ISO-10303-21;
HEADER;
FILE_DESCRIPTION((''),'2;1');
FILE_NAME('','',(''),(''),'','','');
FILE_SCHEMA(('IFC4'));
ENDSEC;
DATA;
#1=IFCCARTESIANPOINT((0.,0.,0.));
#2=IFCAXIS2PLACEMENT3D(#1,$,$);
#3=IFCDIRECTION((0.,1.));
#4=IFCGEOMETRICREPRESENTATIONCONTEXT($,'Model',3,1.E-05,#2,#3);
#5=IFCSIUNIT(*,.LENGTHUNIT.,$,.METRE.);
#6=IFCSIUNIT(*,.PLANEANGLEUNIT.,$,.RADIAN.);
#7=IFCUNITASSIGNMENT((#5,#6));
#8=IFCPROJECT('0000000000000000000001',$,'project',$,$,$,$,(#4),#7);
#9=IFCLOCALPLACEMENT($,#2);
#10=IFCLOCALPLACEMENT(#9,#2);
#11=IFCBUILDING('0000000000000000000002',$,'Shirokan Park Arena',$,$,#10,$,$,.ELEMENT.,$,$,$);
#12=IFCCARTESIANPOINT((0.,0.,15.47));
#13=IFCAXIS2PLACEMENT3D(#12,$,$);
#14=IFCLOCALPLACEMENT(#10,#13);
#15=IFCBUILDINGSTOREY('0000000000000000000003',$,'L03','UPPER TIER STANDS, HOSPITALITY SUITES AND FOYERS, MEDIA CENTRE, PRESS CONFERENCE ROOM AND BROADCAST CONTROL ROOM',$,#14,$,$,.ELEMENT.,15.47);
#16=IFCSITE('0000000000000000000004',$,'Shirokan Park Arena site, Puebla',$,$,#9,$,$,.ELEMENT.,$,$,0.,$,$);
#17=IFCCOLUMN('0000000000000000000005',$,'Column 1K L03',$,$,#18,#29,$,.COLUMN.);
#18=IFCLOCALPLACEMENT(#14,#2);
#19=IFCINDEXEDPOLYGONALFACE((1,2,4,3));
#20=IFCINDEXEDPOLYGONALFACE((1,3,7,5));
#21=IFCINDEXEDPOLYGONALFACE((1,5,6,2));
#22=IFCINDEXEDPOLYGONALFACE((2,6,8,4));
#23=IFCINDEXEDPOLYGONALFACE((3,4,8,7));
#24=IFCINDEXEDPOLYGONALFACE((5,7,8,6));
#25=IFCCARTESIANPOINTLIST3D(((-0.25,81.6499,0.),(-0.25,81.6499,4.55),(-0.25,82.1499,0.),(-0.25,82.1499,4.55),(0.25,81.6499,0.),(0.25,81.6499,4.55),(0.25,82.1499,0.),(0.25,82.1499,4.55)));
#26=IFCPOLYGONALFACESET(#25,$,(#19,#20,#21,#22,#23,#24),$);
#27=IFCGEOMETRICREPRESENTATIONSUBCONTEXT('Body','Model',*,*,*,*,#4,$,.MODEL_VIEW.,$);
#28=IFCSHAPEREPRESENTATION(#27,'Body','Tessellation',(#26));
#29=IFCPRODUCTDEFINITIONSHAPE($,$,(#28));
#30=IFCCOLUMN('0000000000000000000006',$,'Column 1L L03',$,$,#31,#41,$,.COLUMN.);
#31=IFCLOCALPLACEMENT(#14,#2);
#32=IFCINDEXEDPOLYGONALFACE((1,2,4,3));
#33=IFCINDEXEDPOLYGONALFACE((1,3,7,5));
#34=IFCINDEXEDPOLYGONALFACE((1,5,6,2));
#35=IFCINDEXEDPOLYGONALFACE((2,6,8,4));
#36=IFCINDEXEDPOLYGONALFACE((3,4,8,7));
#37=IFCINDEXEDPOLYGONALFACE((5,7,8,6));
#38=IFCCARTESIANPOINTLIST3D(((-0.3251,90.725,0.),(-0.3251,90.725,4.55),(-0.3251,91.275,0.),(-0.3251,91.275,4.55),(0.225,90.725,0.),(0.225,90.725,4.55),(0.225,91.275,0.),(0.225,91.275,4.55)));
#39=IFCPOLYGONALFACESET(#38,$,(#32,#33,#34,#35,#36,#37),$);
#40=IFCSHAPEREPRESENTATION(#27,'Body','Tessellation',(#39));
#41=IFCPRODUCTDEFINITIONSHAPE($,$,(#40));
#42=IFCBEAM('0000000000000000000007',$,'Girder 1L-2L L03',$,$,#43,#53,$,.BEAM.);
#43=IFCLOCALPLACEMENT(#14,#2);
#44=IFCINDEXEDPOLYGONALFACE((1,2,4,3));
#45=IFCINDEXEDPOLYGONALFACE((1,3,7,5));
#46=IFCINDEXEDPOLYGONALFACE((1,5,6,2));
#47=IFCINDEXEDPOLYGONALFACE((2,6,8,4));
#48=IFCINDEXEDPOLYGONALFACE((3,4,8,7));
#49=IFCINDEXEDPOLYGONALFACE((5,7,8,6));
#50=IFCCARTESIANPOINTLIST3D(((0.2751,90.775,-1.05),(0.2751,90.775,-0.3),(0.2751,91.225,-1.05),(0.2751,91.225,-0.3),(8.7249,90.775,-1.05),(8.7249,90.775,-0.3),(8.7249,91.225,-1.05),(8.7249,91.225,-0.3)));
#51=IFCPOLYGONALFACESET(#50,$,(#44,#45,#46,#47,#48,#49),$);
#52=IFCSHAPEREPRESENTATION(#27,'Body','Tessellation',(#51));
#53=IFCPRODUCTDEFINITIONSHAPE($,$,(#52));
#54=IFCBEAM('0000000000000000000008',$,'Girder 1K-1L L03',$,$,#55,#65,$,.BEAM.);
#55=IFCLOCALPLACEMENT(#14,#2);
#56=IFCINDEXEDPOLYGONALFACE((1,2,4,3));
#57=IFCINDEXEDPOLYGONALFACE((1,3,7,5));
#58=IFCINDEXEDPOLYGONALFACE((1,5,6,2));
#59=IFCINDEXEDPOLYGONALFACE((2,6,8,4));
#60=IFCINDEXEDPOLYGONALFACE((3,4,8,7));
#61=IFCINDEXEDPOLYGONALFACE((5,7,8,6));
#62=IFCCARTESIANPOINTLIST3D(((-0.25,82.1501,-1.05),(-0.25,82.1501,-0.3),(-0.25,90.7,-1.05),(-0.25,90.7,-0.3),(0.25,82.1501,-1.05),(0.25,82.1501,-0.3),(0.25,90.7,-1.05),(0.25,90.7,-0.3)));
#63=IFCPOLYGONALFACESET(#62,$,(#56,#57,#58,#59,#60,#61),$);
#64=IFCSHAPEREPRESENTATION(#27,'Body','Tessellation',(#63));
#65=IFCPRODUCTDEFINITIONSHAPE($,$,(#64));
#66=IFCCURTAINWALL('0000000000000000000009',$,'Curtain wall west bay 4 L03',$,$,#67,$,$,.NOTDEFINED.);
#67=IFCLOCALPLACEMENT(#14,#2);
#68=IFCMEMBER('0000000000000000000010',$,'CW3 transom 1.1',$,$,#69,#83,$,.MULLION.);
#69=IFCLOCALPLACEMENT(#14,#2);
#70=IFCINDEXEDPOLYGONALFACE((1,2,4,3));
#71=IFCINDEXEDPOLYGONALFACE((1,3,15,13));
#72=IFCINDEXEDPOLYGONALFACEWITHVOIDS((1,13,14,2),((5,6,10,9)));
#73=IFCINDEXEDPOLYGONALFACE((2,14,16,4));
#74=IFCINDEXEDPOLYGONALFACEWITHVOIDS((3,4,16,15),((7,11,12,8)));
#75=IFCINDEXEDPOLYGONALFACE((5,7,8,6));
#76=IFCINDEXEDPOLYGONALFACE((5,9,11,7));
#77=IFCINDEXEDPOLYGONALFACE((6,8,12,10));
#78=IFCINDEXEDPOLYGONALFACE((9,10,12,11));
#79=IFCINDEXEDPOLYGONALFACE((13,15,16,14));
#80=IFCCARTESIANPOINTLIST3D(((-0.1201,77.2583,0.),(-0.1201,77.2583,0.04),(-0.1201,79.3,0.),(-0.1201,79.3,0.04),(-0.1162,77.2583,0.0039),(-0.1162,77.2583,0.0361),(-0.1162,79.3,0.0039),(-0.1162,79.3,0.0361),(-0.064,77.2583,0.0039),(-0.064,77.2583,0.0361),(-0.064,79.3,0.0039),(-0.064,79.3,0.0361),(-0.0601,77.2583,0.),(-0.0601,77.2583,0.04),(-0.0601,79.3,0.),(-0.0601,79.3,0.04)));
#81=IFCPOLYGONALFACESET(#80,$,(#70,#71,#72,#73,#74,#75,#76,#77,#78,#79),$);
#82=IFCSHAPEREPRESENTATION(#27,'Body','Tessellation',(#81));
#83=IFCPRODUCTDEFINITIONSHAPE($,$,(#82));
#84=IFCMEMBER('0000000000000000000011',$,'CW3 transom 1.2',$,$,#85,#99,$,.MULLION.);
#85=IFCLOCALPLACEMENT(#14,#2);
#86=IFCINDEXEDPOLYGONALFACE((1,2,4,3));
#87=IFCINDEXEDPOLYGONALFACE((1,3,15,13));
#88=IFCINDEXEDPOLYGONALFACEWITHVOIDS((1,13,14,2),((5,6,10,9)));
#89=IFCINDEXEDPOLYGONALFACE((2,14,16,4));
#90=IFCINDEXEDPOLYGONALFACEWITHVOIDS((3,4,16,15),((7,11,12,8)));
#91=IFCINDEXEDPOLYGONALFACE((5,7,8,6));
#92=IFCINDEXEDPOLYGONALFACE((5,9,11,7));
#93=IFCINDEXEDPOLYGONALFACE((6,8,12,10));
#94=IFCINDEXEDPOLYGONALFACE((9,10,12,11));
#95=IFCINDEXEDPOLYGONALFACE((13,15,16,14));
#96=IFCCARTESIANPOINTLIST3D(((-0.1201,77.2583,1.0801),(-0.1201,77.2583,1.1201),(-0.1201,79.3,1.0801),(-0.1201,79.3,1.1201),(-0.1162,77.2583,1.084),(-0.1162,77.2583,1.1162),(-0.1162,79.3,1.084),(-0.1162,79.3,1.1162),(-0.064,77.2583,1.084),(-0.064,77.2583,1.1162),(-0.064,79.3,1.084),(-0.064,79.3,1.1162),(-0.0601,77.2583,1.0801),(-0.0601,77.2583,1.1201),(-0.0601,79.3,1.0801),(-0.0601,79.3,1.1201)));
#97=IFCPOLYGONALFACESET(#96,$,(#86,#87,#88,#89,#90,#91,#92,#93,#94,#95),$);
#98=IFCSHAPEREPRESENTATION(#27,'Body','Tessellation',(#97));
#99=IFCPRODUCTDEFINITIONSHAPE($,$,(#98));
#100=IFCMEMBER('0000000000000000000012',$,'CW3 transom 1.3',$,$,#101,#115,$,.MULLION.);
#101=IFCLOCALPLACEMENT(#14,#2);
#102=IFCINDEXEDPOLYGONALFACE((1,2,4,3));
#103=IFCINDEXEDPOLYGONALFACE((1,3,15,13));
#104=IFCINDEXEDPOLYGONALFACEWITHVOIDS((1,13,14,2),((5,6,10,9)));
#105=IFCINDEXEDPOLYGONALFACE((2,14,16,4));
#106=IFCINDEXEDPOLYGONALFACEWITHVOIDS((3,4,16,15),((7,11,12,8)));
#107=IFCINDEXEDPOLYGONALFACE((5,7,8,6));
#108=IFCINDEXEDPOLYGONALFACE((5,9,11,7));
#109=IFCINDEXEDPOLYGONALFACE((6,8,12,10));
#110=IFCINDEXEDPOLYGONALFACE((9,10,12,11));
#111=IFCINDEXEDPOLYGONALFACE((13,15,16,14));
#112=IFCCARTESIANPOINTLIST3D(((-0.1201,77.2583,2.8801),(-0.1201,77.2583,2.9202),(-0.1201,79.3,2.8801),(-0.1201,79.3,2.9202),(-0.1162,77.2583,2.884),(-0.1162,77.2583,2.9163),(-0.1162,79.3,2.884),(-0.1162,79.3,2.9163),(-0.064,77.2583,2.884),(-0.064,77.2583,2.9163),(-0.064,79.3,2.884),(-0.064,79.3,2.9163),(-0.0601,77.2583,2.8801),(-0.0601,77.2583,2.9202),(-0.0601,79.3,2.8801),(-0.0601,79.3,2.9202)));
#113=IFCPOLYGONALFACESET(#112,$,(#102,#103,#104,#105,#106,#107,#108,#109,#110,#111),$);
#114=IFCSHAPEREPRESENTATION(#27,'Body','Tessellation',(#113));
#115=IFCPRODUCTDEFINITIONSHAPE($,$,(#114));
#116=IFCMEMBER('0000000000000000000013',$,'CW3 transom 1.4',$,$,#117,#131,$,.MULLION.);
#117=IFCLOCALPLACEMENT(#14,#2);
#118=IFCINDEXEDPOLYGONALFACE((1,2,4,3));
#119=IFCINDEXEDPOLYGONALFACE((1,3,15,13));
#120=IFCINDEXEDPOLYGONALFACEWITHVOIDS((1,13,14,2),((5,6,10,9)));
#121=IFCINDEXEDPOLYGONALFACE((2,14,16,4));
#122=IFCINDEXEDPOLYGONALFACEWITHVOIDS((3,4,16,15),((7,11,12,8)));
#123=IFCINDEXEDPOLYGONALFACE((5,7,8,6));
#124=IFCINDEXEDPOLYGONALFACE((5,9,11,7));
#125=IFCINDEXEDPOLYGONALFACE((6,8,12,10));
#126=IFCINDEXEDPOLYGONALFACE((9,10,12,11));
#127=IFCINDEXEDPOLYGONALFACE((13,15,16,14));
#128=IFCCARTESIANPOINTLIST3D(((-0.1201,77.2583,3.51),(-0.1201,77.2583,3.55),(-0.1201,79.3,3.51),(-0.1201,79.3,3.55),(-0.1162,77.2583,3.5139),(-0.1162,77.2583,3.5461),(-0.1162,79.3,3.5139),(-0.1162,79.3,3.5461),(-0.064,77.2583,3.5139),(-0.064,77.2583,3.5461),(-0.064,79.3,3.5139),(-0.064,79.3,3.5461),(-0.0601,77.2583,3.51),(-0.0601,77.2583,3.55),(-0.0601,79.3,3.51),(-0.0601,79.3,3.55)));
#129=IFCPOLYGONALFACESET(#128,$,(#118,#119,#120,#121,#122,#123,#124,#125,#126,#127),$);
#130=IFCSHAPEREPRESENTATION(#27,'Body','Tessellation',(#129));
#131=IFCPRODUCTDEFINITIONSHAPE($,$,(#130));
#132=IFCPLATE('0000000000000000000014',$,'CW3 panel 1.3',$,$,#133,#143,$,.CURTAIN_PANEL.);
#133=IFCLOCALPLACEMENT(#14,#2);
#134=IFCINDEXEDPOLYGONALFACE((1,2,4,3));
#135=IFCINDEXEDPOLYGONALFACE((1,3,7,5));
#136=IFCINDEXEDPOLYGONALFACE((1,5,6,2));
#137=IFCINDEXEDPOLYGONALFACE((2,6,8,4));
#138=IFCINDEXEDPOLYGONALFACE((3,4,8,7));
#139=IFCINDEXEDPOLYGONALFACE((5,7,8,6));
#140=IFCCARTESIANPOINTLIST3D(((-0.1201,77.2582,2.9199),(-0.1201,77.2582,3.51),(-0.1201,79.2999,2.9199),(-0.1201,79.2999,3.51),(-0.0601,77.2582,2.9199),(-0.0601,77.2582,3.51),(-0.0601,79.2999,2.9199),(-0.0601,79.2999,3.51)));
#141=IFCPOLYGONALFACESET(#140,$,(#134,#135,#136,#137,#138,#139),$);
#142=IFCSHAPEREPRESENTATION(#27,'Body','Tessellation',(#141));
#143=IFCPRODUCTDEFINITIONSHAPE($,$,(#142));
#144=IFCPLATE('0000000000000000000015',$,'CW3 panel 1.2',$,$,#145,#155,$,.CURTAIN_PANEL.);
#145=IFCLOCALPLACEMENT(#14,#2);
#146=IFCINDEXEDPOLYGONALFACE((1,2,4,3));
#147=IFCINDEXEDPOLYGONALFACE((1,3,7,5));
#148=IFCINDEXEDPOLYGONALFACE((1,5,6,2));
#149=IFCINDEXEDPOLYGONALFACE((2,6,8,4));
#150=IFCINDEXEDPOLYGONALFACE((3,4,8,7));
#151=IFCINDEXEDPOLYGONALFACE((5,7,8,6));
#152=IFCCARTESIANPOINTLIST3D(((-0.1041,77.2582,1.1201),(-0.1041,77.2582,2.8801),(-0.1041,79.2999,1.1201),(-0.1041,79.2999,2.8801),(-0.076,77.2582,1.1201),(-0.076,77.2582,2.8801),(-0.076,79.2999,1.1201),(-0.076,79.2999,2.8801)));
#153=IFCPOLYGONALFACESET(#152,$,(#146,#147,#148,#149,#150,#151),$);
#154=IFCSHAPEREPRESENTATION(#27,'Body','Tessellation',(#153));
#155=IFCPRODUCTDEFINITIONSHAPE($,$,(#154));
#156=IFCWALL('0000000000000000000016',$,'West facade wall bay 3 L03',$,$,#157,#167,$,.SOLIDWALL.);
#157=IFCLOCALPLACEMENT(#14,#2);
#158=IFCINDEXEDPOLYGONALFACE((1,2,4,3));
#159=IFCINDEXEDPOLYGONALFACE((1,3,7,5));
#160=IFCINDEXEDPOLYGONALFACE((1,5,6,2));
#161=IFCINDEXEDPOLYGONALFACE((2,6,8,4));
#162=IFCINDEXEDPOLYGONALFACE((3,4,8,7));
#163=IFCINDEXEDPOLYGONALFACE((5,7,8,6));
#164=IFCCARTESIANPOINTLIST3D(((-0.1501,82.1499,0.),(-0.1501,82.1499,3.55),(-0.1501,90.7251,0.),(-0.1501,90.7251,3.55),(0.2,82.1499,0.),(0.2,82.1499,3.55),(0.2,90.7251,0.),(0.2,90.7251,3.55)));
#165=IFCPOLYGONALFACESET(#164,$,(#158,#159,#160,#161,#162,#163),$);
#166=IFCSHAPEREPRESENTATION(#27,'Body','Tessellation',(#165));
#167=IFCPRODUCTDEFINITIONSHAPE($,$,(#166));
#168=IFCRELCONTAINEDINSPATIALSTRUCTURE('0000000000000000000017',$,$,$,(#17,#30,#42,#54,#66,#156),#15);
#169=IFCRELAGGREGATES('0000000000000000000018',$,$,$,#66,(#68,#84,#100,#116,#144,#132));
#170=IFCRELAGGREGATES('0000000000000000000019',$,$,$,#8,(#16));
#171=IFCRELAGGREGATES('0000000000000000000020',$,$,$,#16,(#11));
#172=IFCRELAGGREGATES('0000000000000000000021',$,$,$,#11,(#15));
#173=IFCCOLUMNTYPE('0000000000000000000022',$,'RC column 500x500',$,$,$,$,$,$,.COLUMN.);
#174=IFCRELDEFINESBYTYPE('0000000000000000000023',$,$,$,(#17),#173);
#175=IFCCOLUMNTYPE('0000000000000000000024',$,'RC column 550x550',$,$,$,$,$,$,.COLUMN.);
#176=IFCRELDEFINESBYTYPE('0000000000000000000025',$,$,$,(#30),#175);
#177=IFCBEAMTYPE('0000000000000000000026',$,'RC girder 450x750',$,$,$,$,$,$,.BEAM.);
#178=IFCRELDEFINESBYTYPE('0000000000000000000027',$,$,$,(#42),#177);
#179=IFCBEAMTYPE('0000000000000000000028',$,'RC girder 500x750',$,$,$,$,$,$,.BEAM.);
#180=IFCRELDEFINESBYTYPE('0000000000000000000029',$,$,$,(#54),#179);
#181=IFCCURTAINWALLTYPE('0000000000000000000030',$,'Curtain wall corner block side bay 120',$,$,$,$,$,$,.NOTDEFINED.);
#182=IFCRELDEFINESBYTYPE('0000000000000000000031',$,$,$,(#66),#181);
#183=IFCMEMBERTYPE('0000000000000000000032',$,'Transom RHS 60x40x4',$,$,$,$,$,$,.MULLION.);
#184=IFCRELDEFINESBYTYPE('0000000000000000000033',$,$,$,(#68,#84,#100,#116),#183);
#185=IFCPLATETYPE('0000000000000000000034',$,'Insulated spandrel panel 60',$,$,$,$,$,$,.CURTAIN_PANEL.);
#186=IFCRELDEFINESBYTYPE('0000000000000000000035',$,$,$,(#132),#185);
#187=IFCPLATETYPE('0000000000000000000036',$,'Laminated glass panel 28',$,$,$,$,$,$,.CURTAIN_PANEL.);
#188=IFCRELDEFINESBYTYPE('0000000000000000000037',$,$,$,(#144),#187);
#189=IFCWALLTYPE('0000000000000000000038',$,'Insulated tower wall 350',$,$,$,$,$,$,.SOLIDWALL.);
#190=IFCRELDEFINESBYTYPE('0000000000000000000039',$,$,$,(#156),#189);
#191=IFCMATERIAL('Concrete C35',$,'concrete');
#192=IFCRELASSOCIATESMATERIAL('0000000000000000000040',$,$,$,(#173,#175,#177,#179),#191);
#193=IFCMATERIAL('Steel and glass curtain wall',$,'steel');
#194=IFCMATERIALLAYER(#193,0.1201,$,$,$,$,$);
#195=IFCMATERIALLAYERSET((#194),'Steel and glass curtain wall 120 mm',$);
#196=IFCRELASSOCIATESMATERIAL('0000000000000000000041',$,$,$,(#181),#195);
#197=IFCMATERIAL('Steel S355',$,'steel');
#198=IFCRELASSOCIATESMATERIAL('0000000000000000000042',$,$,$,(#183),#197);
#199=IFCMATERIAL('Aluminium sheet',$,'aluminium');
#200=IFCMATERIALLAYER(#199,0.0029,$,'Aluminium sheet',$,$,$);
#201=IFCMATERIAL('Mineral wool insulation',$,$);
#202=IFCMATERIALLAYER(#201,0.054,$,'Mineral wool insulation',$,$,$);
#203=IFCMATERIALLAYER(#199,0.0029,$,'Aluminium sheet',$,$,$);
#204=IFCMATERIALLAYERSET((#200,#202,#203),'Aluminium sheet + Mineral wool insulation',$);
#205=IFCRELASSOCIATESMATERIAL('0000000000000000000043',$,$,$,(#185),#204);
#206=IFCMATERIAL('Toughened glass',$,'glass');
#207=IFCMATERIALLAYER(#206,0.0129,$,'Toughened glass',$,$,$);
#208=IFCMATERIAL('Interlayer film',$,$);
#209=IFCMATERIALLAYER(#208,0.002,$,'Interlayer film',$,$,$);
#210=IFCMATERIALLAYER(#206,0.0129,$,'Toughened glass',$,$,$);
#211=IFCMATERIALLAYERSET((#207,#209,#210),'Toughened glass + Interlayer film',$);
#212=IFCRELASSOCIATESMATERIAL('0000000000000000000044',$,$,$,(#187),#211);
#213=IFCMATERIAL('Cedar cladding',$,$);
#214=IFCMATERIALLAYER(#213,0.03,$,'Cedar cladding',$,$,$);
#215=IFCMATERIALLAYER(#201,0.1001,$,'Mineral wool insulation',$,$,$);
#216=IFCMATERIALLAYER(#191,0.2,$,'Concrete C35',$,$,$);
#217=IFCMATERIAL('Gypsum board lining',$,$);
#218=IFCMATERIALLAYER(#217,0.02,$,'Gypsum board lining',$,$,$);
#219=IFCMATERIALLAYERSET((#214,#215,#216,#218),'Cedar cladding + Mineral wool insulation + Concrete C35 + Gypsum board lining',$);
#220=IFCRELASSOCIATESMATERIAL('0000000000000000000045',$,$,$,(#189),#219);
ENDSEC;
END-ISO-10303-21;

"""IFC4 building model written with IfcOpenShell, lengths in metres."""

from ifc_helpers import new_model, si_unit, direction, frame, frame_2d, origin, origin_2d, place, context, subcontext, project, spatial, rectangle, hollow_rectangle, extrude, material, layer, layer_set, material_profile, profile_set, type_object, element, aggregate, save


model = new_model("IFC4")

# Units and contexts
model_context = context("Model", 3, precision=1e-05, world=origin(), true_north=direction((0.0, 1.0)))
body_context = subcontext(model_context, "Body", "Model", "MODEL_VIEW")
ifc_project = project(units=[si_unit("LENGTHUNIT", "METRE"), si_unit("PLANEANGLEUNIT", "RADIAN")], contexts=[model_context])

# Site, building, storey
site_placement = place(None, origin())
site = spatial("IfcSite", under=ifc_project, at=site_placement, Name="Shirokan Park Arena site, Puebla", CompositionType="ELEMENT", RefElevation=0.0)
building_placement = place(site_placement, origin())
building = spatial("IfcBuilding", under=site, at=building_placement, Name="Shirokan Park Arena", CompositionType="ELEMENT")
storey_placement = place(building_placement, frame((0.0, 0.0, 15.47)))
storey = spatial("IfcBuildingStorey", under=building, at=storey_placement, Name="L03", Description="UPPER TIER STANDS, HOSPITALITY SUITES AND FOYERS, MEDIA CENTRE, PRESS CONFERENCE ROOM AND BROADCAST CONTROL ROOM", CompositionType="ELEMENT", Elevation=15.47)

# Columns
ifc_material_1 = material(Name="Concrete C35", Category="concrete")
ifc_material_profile_1 = material_profile(ifc_material_1, rectangle(XDim=0.5, YDim=0.5, at=origin_2d()), Name="500x500")
ifc_profile_set_1 = profile_set([ifc_material_profile_1], Name="Concrete C35")
column_type_1 = type_object("IfcColumnType", Name="RC column 500x500", PredefinedType="COLUMN", material=ifc_profile_set_1)
column_1_placement = place(storey_placement, frame((0.0, 81.8999, 0.0), z_axis=(0.0, 0.0, 1.0), x_axis=(1.0, 0.0, 0.0)))
element("IfcColumn", 1, at=column_1_placement, inside=storey, type_object=column_type_1, Name="Column 1K L03", PredefinedType="COLUMN", context=body_context, shape_type="SweptSolid", body=[
    extrude(rectangle(XDim=0.5, YDim=0.5, at=origin_2d()), origin(), (0.0, 0.0, 1.0), 4.55),
])
ifc_material_profile_2 = material_profile(ifc_material_1, rectangle(XDim=0.55, YDim=0.55, at=origin_2d()), Name="550x550")
ifc_profile_set_2 = profile_set([ifc_material_profile_2], Name="Concrete C35")
column_type_2 = type_object("IfcColumnType", Name="RC column 550x550", PredefinedType="COLUMN", material=ifc_profile_set_2)
column_2_placement = place(storey_placement, frame((-0.05, 91.0, 0.0), z_axis=(0.0, 0.0, 1.0), x_axis=(1.0, 0.0, 0.0)))
element("IfcColumn", 2, at=column_2_placement, inside=storey, type_object=column_type_2, Name="Column 1L L03", PredefinedType="COLUMN", context=body_context, shape_type="SweptSolid", body=[
    extrude(rectangle(XDim=0.55, YDim=0.55, at=origin_2d()), origin(), (0.0, 0.0, 1.0), 4.55),
])

# Beams
ifc_material_profile_3 = material_profile(ifc_material_1, rectangle(XDim=0.45, YDim=0.75, at=origin_2d()), Name="450x750")
ifc_profile_set_3 = profile_set([ifc_material_profile_3], Name="Concrete C35")
beam_type_1 = type_object("IfcBeamType", Name="RC girder 450x750", PredefinedType="BEAM", material=ifc_profile_set_3)
beam_1_placement = place(storey_placement, frame((0.2751, 91.0, -0.675), z_axis=(1.0, 0.0, 0.0), x_axis=(0.0, 1.0, 0.0)))
element("IfcBeam", 3, at=beam_1_placement, inside=storey, type_object=beam_type_1, Name="Girder 1L-2L L03", PredefinedType="BEAM", context=body_context, shape_type="SweptSolid", body=[
    extrude(rectangle(XDim=0.45, YDim=0.75, at=origin_2d()), origin(), (0.0, 0.0, 1.0), 8.4497),
])
ifc_material_profile_4 = material_profile(ifc_material_1, rectangle(XDim=0.5, YDim=0.75, at=origin_2d()), Name="500x750")
ifc_profile_set_4 = profile_set([ifc_material_profile_4], Name="Concrete C35")
beam_type_2 = type_object("IfcBeamType", Name="RC girder 500x750", PredefinedType="BEAM", material=ifc_profile_set_4)
beam_2_placement = place(storey_placement, frame((0.0, 82.1501, -0.675), z_axis=(0.0, 1.0, 0.0), x_axis=(-1.0, 0.0, 0.0)))
element("IfcBeam", 4, at=beam_2_placement, inside=storey, type_object=beam_type_2, Name="Girder 1K-1L L03", PredefinedType="BEAM", context=body_context, shape_type="SweptSolid", body=[
    extrude(rectangle(XDim=0.5, YDim=0.75, at=origin_2d()), origin(), (0.0, 0.0, 1.0), 8.5498),
])

# Curtain wall, members, plates
ifc_material_2 = material(Name="Steel and glass curtain wall", Category="steel")
ifc_layer_1 = layer(ifc_material_2, 0.1201)
ifc_layer_set_1 = layer_set([ifc_layer_1], Name="Steel and glass curtain wall 120 mm")
curtain_wall_type = type_object("IfcCurtainWallType", Name="Curtain wall corner block side bay 120", PredefinedType="NOTDEFINED", material=ifc_layer_set_1)
curtain_wall_placement = place(storey_placement, origin())
curtain_wall = element("IfcCurtainWall", 5, at=curtain_wall_placement, inside=storey, type_object=curtain_wall_type, Name="Curtain wall west bay 4 L03", PredefinedType="NOTDEFINED")
ifc_material_3 = material(Name="Steel S355", Category="steel")
ifc_material_profile_5 = material_profile(ifc_material_3, hollow_rectangle(XDim=0.0601, YDim=0.04, WallThickness=0.0039, at=origin_2d()), Name="RHS 60x40x4")
ifc_profile_set_5 = profile_set([ifc_material_profile_5], Name="Steel S355")
member_type = type_object("IfcMemberType", Name="Transom RHS 60x40x4", PredefinedType="MULLION", material=ifc_profile_set_5)
member_1_placement = place(storey_placement, frame((-0.0901, 79.3, 0.02), z_axis=(0.0, -1.0, 0.0), x_axis=(1.0, 0.0, 0.0)))
member_1 = element("IfcMember", 6, at=member_1_placement, type_object=member_type, Name="CW3 transom 1.1", PredefinedType="MULLION", context=body_context, shape_type="SweptSolid", body=[
    extrude(hollow_rectangle(XDim=0.0601, YDim=0.04, WallThickness=0.0039, at=origin_2d()), origin(), (0.0, 0.0, 1.0), 2.0417),
])
member_2_placement = place(storey_placement, frame((-0.0901, 79.3, 1.1001), z_axis=(0.0, -1.0, 0.0), x_axis=(1.0, 0.0, 0.0)))
member_2 = element("IfcMember", 7, at=member_2_placement, type_object=member_type, Name="CW3 transom 1.2", PredefinedType="MULLION", context=body_context, shape_type="SweptSolid", body=[
    extrude(hollow_rectangle(XDim=0.0601, YDim=0.04, WallThickness=0.0039, at=origin_2d()), origin(), (0.0, 0.0, 1.0), 2.0417),
])
member_3_placement = place(storey_placement, frame((-0.0901, 79.3, 2.9001), z_axis=(0.0, -1.0, 0.0), x_axis=(1.0, 0.0, 0.0)))
member_3 = element("IfcMember", 8, at=member_3_placement, type_object=member_type, Name="CW3 transom 1.3", PredefinedType="MULLION", context=body_context, shape_type="SweptSolid", body=[
    extrude(hollow_rectangle(XDim=0.0601, YDim=0.04, WallThickness=0.0039, at=origin_2d()), origin(), (0.0, 0.0, 1.0), 2.0417),
])
member_4_placement = place(storey_placement, frame((-0.0901, 79.3, 3.53), z_axis=(0.0, -1.0, 0.0), x_axis=(1.0, 0.0, 0.0)))
member_4 = element("IfcMember", 9, at=member_4_placement, type_object=member_type, Name="CW3 transom 1.4", PredefinedType="MULLION", context=body_context, shape_type="SweptSolid", body=[
    extrude(hollow_rectangle(XDim=0.0601, YDim=0.04, WallThickness=0.0039, at=origin_2d()), origin(), (0.0, 0.0, 1.0), 2.0417),
])
ifc_material_4 = material(Name="Aluminium sheet", Category="aluminium")
ifc_layer_2 = layer(ifc_material_4, 0.0029, Name="Aluminium sheet")
ifc_material_5 = material(Name="Mineral wool insulation")
ifc_layer_3 = layer(ifc_material_5, 0.054, Name="Mineral wool insulation")
ifc_layer_4 = layer(ifc_material_4, 0.0029, Name="Aluminium sheet")
ifc_layer_set_2 = layer_set([ifc_layer_2, ifc_layer_3, ifc_layer_4], Name="Aluminium sheet + Mineral wool insulation")
plate_type_1 = type_object("IfcPlateType", Name="Insulated spandrel panel 60", PredefinedType="CURTAIN_PANEL", material=ifc_layer_set_2)
plate_1_placement = place(storey_placement, frame((-0.0901, 78.2791, 2.9199), z_axis=(0.0, 0.0, 1.0), x_axis=(0.0, -1.0, 0.0)))
plate_1 = element("IfcPlate", 10, at=plate_1_placement, type_object=plate_type_1, Name="CW3 panel 1.3", PredefinedType="CURTAIN_PANEL", context=body_context, shape_type="SweptSolid", body=[
    extrude(rectangle(XDim=2.0417, YDim=0.0601, at=origin_2d()), origin(), (0.0, 0.0, 1.0), 0.5901),
])
ifc_material_6 = material(Name="Toughened glass", Category="glass")
ifc_layer_5 = layer(ifc_material_6, 0.0129, Name="Toughened glass")
ifc_material_7 = material(Name="Interlayer film")
ifc_layer_6 = layer(ifc_material_7, 0.002, Name="Interlayer film")
ifc_layer_7 = layer(ifc_material_6, 0.0129, Name="Toughened glass")
ifc_layer_set_3 = layer_set([ifc_layer_5, ifc_layer_6, ifc_layer_7], Name="Toughened glass + Interlayer film")
plate_type_2 = type_object("IfcPlateType", Name="Laminated glass panel 28", PredefinedType="CURTAIN_PANEL", material=ifc_layer_set_3)
plate_2_placement = place(storey_placement, frame((-0.0901, 78.2791, 1.1201), z_axis=(0.0, 0.0, 1.0), x_axis=(0.0, -1.0, 0.0)))
plate_2 = element("IfcPlate", 11, at=plate_2_placement, type_object=plate_type_2, Name="CW3 panel 1.2", PredefinedType="CURTAIN_PANEL", context=body_context, shape_type="SweptSolid", body=[
    extrude(rectangle(XDim=2.0417, YDim=0.0281, at=origin_2d()), origin(), (0.0, 0.0, 1.0), 1.76),
])
aggregate(curtain_wall, [member_1, member_2, member_3, member_4, plate_2, plate_1])

# Wall
ifc_material_8 = material(Name="Cedar cladding")
ifc_layer_8 = layer(ifc_material_8, 0.03, Name="Cedar cladding")
ifc_layer_9 = layer(ifc_material_5, 0.1001, Name="Mineral wool insulation")
ifc_layer_10 = layer(ifc_material_1, 0.2, Name="Concrete C35")
ifc_material_9 = material(Name="Gypsum board lining")
ifc_layer_11 = layer(ifc_material_9, 0.02, Name="Gypsum board lining")
ifc_layer_set_4 = layer_set([ifc_layer_8, ifc_layer_9, ifc_layer_10, ifc_layer_11], Name="Cedar cladding + Mineral wool insulation + Concrete C35 + Gypsum board lining")
wall_type_1 = type_object("IfcWallType", Name="Insulated tower wall 350", PredefinedType="SOLIDWALL", material=ifc_layer_set_4)
wall_1_placement = place(storey_placement, frame((0.0249, 90.7251, 0.0), z_axis=(0.0, 0.0, 1.0), x_axis=(0.0, -1.0, 0.0)))
element("IfcWall", 12, at=wall_1_placement, inside=storey, type_object=wall_type_1, Name="West facade wall bay 3 L03", PredefinedType="SOLIDWALL", context=body_context, shape_type="SweptSolid", body=[
    extrude(rectangle(XDim=8.5752, YDim=0.3501, at=frame_2d((4.2876, 0.0))), origin(), (0.0, 0.0, 1.0), 3.55),
])

save(model, "model.ifc")
